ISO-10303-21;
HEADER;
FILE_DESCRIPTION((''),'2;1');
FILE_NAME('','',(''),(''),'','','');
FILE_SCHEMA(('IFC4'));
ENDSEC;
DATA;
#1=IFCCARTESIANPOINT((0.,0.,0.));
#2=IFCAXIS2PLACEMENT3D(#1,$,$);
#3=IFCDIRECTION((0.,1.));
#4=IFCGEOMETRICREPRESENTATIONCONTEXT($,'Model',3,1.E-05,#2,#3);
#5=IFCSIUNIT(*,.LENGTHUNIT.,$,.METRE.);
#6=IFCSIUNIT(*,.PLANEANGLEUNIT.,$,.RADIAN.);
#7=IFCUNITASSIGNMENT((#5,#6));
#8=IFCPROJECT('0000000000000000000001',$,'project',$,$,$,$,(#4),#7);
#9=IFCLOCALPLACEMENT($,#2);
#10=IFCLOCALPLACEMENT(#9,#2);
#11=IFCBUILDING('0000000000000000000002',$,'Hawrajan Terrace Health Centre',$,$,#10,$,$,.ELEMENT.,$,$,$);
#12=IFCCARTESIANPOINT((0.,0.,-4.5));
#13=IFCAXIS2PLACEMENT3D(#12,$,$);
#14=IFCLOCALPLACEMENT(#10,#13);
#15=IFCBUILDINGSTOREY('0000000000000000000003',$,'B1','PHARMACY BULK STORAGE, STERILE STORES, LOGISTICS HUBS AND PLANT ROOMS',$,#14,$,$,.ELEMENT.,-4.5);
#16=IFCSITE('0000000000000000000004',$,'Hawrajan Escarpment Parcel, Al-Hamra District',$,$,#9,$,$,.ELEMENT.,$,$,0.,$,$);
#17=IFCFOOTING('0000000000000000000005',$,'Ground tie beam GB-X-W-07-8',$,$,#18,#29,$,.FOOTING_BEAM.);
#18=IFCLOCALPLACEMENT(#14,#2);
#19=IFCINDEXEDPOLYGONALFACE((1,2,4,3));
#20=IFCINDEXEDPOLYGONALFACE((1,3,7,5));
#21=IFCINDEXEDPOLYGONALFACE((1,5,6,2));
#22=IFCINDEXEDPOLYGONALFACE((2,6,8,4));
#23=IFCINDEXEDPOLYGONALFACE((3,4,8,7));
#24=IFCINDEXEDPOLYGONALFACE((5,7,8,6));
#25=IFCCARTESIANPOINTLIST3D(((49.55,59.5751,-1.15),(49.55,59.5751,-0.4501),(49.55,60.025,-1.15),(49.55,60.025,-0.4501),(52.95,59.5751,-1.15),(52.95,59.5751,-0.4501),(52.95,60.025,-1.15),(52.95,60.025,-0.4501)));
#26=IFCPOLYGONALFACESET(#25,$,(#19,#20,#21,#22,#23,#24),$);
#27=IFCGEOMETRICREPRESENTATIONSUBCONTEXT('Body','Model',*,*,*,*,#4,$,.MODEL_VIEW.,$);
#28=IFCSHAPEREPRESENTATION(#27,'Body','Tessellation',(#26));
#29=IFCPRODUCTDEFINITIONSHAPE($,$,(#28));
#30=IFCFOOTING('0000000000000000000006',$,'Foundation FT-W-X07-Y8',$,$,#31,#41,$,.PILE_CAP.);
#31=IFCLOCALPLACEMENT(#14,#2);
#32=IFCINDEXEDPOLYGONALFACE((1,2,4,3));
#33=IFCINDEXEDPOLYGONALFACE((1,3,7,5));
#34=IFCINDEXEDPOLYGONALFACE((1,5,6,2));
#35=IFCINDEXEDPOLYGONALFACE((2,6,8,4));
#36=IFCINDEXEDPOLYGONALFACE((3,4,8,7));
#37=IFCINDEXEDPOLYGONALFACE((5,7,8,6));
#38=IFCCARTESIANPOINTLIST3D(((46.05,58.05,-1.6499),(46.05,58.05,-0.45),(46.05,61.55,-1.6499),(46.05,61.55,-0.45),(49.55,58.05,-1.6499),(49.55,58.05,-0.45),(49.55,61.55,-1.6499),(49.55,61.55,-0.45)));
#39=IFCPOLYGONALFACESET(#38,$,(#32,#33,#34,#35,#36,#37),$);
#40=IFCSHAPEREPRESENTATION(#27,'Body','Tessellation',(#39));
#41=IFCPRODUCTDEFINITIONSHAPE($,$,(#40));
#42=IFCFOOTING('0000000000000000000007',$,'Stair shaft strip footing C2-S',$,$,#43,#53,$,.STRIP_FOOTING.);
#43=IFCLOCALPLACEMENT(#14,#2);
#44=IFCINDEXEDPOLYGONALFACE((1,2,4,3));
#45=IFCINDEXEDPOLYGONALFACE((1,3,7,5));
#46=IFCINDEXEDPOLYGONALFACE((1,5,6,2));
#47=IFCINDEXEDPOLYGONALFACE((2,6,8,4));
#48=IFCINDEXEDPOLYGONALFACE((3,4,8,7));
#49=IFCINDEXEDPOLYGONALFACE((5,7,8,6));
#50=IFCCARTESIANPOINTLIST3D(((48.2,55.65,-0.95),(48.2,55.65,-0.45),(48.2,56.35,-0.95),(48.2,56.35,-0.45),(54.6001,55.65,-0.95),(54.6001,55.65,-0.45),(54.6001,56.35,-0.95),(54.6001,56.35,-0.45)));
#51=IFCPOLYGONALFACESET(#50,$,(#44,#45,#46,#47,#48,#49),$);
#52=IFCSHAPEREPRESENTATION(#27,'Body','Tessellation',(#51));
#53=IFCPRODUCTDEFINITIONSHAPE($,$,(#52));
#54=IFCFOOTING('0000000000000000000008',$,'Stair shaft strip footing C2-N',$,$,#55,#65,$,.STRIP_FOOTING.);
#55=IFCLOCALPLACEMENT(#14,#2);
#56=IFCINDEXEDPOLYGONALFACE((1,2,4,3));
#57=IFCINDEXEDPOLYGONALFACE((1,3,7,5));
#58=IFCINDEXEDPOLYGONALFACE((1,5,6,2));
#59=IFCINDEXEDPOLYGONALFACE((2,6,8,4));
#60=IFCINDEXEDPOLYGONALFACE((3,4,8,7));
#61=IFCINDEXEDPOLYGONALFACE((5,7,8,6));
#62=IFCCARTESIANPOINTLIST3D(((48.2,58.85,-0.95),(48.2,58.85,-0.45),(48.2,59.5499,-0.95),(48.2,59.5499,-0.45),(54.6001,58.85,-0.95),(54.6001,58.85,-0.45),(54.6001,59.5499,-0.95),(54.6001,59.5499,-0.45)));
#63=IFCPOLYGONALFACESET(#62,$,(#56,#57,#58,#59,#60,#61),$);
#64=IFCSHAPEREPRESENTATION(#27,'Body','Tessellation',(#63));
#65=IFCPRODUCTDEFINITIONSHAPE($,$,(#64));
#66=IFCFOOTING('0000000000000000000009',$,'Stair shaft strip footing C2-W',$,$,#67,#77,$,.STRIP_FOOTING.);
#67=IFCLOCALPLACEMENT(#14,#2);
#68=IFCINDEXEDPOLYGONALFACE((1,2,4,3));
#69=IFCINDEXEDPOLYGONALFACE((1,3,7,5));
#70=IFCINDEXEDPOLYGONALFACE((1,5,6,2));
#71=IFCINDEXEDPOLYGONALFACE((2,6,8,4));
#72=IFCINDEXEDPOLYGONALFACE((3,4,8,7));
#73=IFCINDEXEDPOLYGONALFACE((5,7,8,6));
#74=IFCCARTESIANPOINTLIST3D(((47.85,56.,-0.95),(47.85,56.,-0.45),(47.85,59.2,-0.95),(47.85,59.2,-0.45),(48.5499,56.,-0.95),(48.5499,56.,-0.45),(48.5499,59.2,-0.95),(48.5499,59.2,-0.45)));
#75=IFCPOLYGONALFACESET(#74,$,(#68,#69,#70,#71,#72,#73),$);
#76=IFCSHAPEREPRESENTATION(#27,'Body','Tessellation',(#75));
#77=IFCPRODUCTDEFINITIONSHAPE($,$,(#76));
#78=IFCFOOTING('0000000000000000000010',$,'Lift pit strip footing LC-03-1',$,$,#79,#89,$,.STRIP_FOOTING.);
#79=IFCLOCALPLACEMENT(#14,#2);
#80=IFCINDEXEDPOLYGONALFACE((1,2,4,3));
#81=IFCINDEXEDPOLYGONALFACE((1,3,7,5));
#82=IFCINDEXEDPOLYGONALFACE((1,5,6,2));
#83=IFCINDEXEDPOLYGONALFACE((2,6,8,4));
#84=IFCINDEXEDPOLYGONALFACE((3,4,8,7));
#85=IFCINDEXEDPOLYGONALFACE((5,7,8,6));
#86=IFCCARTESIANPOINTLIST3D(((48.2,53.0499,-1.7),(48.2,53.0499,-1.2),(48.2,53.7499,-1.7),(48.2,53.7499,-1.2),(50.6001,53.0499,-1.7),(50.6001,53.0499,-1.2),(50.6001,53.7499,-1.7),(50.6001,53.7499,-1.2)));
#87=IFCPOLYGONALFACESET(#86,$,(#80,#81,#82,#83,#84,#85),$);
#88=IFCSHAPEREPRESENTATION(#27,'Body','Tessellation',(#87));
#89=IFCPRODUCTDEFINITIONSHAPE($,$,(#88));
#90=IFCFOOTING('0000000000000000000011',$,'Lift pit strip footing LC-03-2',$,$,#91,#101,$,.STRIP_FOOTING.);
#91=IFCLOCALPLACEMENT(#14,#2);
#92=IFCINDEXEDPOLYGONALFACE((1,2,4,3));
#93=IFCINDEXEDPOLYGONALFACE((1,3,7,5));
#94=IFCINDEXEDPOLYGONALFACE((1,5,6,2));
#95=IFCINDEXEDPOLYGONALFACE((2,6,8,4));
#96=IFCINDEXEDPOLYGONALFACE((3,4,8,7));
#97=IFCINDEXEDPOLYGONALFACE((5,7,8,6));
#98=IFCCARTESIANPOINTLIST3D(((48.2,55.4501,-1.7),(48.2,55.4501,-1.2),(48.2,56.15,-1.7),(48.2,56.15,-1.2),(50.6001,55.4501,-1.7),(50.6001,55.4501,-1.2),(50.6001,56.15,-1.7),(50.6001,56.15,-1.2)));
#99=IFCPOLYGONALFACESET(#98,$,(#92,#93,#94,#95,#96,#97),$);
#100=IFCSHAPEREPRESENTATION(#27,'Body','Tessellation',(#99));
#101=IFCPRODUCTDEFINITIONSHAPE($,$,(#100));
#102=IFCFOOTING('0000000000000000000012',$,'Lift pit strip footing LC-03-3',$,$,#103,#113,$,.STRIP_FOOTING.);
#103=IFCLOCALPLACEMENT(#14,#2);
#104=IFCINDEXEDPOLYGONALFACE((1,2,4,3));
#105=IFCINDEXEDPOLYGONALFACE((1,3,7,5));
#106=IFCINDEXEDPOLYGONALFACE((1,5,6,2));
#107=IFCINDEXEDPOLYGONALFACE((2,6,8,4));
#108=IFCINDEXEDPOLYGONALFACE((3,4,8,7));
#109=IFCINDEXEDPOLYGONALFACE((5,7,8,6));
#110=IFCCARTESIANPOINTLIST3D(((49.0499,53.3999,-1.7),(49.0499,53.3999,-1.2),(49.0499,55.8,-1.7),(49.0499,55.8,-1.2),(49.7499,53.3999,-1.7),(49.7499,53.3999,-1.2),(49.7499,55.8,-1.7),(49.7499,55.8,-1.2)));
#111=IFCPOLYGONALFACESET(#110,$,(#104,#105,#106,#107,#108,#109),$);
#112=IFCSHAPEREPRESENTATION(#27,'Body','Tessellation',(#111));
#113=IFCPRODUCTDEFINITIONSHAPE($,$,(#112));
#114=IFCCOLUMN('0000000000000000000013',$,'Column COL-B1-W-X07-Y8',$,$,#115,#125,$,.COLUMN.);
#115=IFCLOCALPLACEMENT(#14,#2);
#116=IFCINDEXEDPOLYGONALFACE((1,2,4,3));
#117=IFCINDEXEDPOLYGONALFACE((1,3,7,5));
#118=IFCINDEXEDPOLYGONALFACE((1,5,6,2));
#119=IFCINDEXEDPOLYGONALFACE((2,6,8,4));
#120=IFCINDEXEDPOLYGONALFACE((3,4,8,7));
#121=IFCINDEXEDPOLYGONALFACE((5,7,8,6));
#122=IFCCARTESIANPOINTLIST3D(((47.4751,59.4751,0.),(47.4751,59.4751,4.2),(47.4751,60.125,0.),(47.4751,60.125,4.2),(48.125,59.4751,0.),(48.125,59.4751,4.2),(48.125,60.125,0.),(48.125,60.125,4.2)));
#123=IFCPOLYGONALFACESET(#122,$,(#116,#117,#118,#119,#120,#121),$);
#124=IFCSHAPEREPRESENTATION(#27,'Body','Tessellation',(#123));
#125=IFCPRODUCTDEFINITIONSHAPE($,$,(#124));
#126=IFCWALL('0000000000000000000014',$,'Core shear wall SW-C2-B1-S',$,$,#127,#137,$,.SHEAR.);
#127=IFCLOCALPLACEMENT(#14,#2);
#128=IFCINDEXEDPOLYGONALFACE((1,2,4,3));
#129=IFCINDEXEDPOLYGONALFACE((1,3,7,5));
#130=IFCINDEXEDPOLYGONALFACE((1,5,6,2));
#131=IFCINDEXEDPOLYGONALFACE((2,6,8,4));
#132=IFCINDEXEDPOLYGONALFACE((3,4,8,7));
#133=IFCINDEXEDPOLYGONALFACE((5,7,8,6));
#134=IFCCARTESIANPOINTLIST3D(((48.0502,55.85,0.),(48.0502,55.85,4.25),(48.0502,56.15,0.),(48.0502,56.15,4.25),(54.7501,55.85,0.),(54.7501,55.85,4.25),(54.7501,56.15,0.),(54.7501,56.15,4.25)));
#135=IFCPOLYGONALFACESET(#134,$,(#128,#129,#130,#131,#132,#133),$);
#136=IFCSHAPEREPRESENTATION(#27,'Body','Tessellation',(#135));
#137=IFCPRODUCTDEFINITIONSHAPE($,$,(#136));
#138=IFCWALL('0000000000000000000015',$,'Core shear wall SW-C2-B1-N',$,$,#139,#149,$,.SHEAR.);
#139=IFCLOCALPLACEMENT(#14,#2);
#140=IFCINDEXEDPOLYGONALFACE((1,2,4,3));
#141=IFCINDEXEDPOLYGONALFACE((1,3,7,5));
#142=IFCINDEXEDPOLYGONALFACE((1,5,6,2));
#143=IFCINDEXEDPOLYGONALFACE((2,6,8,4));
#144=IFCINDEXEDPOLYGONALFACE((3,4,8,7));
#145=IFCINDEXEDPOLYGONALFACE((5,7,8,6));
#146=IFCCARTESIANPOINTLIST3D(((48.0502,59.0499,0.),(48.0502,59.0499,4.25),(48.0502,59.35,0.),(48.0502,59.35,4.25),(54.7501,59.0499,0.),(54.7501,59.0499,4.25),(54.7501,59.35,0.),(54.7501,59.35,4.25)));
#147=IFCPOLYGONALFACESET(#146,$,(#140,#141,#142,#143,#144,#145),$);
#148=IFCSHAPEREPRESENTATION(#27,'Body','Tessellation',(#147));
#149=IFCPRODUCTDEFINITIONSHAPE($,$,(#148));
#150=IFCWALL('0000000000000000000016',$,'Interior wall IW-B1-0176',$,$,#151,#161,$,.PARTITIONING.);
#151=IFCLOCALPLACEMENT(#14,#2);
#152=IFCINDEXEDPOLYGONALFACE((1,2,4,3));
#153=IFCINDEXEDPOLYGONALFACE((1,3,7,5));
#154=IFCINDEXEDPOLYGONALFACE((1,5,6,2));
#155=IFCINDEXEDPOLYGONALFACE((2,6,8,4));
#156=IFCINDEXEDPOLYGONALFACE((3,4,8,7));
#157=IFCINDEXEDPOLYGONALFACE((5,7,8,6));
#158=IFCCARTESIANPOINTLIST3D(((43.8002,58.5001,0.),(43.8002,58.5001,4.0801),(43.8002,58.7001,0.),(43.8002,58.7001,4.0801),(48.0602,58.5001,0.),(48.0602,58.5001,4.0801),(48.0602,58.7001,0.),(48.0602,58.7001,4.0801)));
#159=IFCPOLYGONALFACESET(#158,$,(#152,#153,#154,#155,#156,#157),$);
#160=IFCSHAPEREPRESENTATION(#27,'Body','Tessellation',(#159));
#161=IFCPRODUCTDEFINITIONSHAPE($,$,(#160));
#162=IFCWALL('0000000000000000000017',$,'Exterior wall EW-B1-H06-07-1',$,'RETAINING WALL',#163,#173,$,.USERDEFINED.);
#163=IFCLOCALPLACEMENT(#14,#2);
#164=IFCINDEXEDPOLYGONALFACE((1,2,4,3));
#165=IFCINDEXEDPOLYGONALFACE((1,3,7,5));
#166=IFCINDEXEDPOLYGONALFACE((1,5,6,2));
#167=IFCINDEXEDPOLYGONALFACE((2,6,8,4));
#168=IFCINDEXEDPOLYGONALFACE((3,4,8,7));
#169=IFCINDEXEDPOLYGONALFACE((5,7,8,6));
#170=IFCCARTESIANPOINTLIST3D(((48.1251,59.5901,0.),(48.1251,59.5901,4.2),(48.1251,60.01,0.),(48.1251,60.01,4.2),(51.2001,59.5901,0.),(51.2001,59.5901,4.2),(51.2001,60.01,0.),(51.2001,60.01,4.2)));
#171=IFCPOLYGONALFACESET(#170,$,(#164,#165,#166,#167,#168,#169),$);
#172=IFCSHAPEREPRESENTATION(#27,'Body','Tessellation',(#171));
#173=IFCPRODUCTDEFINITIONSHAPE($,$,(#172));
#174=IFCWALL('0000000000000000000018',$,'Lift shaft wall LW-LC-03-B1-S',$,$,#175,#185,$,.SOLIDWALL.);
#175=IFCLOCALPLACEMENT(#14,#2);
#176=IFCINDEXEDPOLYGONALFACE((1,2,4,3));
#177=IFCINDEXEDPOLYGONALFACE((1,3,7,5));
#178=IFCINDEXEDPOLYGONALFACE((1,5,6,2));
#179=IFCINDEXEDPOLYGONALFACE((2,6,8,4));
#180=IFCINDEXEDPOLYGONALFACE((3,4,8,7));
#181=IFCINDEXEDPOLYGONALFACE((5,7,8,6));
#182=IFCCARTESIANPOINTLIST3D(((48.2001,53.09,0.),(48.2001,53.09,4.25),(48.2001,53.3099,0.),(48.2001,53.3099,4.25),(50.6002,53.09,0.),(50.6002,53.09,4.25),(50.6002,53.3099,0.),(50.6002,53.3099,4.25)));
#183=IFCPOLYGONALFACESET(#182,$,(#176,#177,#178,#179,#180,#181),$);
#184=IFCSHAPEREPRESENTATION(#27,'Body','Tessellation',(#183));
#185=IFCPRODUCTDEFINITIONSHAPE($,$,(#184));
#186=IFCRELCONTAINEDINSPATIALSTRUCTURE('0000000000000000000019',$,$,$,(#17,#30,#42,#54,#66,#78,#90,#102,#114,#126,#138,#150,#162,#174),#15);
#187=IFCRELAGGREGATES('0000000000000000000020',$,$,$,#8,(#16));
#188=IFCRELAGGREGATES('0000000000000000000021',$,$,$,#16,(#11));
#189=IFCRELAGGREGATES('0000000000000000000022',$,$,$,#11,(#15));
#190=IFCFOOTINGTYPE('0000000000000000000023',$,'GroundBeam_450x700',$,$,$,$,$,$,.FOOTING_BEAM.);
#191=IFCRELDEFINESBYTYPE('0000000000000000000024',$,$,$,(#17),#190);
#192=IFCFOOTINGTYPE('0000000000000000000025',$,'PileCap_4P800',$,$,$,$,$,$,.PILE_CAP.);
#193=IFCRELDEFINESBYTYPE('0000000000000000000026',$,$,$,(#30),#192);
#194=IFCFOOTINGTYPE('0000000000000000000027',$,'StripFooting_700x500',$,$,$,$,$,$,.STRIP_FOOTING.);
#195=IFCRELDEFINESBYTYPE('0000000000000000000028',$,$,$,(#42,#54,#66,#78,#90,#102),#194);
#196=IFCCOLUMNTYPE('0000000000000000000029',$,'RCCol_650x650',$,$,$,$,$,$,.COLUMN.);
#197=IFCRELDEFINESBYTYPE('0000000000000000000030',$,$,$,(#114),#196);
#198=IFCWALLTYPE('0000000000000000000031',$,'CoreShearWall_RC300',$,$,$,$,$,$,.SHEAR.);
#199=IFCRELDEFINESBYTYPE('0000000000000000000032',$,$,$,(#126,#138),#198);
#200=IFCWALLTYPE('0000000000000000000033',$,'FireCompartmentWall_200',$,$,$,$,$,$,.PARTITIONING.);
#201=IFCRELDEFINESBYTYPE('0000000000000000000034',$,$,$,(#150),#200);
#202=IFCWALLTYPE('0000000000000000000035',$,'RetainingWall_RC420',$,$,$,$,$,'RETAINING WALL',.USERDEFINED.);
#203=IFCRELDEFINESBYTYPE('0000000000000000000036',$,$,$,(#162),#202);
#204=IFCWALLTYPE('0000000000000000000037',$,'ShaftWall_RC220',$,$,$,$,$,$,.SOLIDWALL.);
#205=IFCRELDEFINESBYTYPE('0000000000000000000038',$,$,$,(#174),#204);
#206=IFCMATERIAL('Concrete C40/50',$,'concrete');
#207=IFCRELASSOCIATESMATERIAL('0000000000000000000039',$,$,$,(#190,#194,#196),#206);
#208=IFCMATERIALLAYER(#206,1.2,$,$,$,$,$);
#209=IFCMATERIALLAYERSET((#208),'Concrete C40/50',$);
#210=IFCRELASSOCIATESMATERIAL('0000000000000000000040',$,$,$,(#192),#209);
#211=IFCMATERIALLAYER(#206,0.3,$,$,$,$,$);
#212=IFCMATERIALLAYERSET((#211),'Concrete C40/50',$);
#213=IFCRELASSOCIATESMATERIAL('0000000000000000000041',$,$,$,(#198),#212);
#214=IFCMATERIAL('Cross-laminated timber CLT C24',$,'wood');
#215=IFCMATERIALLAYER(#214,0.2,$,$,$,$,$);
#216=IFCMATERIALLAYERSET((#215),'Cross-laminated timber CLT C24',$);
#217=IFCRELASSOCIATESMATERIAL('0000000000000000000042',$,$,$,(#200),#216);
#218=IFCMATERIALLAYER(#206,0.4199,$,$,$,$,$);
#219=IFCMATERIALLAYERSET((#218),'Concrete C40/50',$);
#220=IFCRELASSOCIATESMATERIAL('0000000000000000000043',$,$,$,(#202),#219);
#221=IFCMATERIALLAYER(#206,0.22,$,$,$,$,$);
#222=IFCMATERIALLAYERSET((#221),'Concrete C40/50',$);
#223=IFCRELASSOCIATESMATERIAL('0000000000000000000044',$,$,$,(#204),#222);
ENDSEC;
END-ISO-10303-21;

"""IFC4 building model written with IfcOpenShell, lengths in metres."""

from ifc_helpers import new_model, si_unit, direction, frame, frame_2d, origin, origin_2d, place, context, subcontext, project, spatial, rectangle, extrude, material, layer, layer_set, material_profile, profile_set, type_object, element, save


model = new_model("IFC4")

# Units and contexts
model_context = context("Model", 3, precision=1e-05, world=origin(), true_north=direction((0.0, 1.0)))
body_context = subcontext(model_context, "Body", "Model", "MODEL_VIEW")
ifc_project = project(units=[si_unit("LENGTHUNIT", "METRE"), si_unit("PLANEANGLEUNIT", "RADIAN")], contexts=[model_context])

# Site, building, storey
site_placement = place(None, origin())
site = spatial("IfcSite", under=ifc_project, at=site_placement, Name="Hawrajan Escarpment Parcel, Al-Hamra District", CompositionType="ELEMENT", RefElevation=0.0)
building_placement = place(site_placement, origin())
building = spatial("IfcBuilding", under=site, at=building_placement, Name="Hawrajan Terrace Health Centre", CompositionType="ELEMENT")
storey_placement = place(building_placement, frame((0.0, 0.0, -4.5)))
storey = spatial("IfcBuildingStorey", under=building, at=storey_placement, Name="B1", Description="PHARMACY BULK STORAGE, STERILE STORES, LOGISTICS HUBS AND PLANT ROOMS", CompositionType="ELEMENT", Elevation=-4.5)

# Shared definitions
ifc_material_1 = material(Name="Concrete C40/50", Category="concrete")

# Footings
ifc_material_profile_1 = material_profile(ifc_material_1, rectangle(XDim=0.45, YDim=0.7, at=origin_2d()), Name="RC BM 450x700")
ifc_profile_set_1 = profile_set([ifc_material_profile_1], Name="Concrete C40/50")
footing_type_1 = type_object("IfcFootingType", Name="GroundBeam_450x700", PredefinedType="FOOTING_BEAM", material=ifc_profile_set_1)
footing_1_placement = place(storey_placement, frame((49.55, 59.8, -0.8), z_axis=(1.0, 0.0, 0.0), x_axis=(0.0, 1.0, 0.0)))
element("IfcFooting", 1, at=footing_1_placement, inside=storey, type_object=footing_type_1, Name="Ground tie beam GB-X-W-07-8", PredefinedType="FOOTING_BEAM", context=body_context, shape_type="SweptSolid", body=[
    extrude(rectangle(XDim=0.45, YDim=0.7, at=origin_2d()), origin(), (0.0, 0.0, 1.0), 3.3999),
])
ifc_layer_1 = layer(ifc_material_1, 1.2)
ifc_layer_set_1 = layer_set([ifc_layer_1], Name="Concrete C40/50")
footing_type_2 = type_object("IfcFootingType", Name="PileCap_4P800", PredefinedType="PILE_CAP", material=ifc_layer_set_1)
footing_2_placement = place(storey_placement, frame((47.8, 59.8, -1.6499), z_axis=(0.0, 0.0, 1.0), x_axis=(1.0, 0.0, 0.0)))
element("IfcFooting", 2, at=footing_2_placement, inside=storey, type_object=footing_type_2, Name="Foundation FT-W-X07-Y8", PredefinedType="PILE_CAP", context=body_context, shape_type="SweptSolid", body=[
    extrude(rectangle(XDim=3.5, YDim=3.5, at=origin_2d()), origin(), (0.0, 0.0, 1.0), 1.2),
])
ifc_material_profile_2 = material_profile(ifc_material_1, rectangle(XDim=0.7, YDim=0.5, at=origin_2d()), Name="RC STRIP 700x500")
ifc_profile_set_2 = profile_set([ifc_material_profile_2], Name="Concrete C40/50")
footing_type_3 = type_object("IfcFootingType", Name="StripFooting_700x500", PredefinedType="STRIP_FOOTING", material=ifc_profile_set_2)
for number, where, z_axis, x_axis, name in (
    (3, (48.2, 56.0, -0.7), (1.0, 0.0, 0.0), (0.0, 1.0, 0.0), "Stair shaft strip footing C2-S"),
    (4, (48.2, 59.2, -0.7), (1.0, 0.0, 0.0), (0.0, 1.0, 0.0), "Stair shaft strip footing C2-N"),
):
    element("IfcFooting", number, at=place(storey_placement, frame(where, z_axis=z_axis, x_axis=x_axis)), inside=storey, type_object=footing_type_3, Name=name, PredefinedType="STRIP_FOOTING", context=body_context, shape_type="SweptSolid", body=[
        extrude(rectangle(XDim=0.7, YDim=0.5, at=origin_2d()), origin(), (0.0, 0.0, 1.0), 6.4001),
    ])
footing_3_placement = place(storey_placement, frame((48.2, 56.0, -0.7), z_axis=(0.0, 1.0, 0.0), x_axis=(-1.0, 0.0, 0.0)))
element("IfcFooting", 5, at=footing_3_placement, inside=storey, type_object=footing_type_3, Name="Stair shaft strip footing C2-W", PredefinedType="STRIP_FOOTING", context=body_context, shape_type="SweptSolid", body=[
    extrude(rectangle(XDim=0.7, YDim=0.5, at=origin_2d()), origin(), (0.0, 0.0, 1.0), 3.2),
])
for number, where, z_axis, x_axis, name in (
    (6, (48.2, 53.3999, -1.45), (1.0, 0.0, 0.0), (0.0, 1.0, 0.0), "Lift pit strip footing LC-03-1"),
    (7, (48.2, 55.8, -1.45), (1.0, 0.0, 0.0), (0.0, 1.0, 0.0), "Lift pit strip footing LC-03-2"),
    (8, (49.3999, 53.3999, -1.45), (0.0, 1.0, 0.0), (-1.0, 0.0, 0.0), "Lift pit strip footing LC-03-3"),
):
    element("IfcFooting", number, at=place(storey_placement, frame(where, z_axis=z_axis, x_axis=x_axis)), inside=storey, type_object=footing_type_3, Name=name, PredefinedType="STRIP_FOOTING", context=body_context, shape_type="SweptSolid", body=[
        extrude(rectangle(XDim=0.7, YDim=0.5, at=origin_2d()), origin(), (0.0, 0.0, 1.0), 2.4001),
    ])

# Column
ifc_material_profile_3 = material_profile(ifc_material_1, rectangle(XDim=0.6499, YDim=0.6499, at=origin_2d()), Name="RC 650x650")
ifc_profile_set_3 = profile_set([ifc_material_profile_3], Name="Concrete C40/50")
column_type = type_object("IfcColumnType", Name="RCCol_650x650", PredefinedType="COLUMN", material=ifc_profile_set_3)
column_placement = place(storey_placement, frame((47.8, 59.8, 0.0), z_axis=(0.0, 0.0, 1.0), x_axis=(1.0, 0.0, 0.0)))
element("IfcColumn", 9, at=column_placement, inside=storey, type_object=column_type, Name="Column COL-B1-W-X07-Y8", PredefinedType="COLUMN", context=body_context, shape_type="SweptSolid", body=[
    extrude(rectangle(XDim=0.6499, YDim=0.6499, at=origin_2d()), origin(), (0.0, 0.0, 1.0), 4.2),
])

# Walls
ifc_layer_2 = layer(ifc_material_1, 0.3)
ifc_layer_set_2 = layer_set([ifc_layer_2], Name="Concrete C40/50")
wall_type_1 = type_object("IfcWallType", Name="CoreShearWall_RC300", PredefinedType="SHEAR", material=ifc_layer_set_2)
for number, where, z_axis, x_axis, name in (
    (10, (48.05, 56.0, 0.0), (0.0, 0.0, 1.0), (1.0, 0.0, 0.0), "Core shear wall SW-C2-B1-S"),
    (11, (48.05, 59.2, 0.0), (0.0, 0.0, 1.0), (1.0, 0.0, 0.0), "Core shear wall SW-C2-B1-N"),
):
    element("IfcWall", number, at=place(storey_placement, frame(where, z_axis=z_axis, x_axis=x_axis)), inside=storey, type_object=wall_type_1, Name=name, PredefinedType="SHEAR", context=body_context, shape_type="SweptSolid", body=[
        extrude(rectangle(XDim=6.7, YDim=0.3, at=frame_2d((3.3501, 0.0))), origin(), (0.0, 0.0, 1.0), 4.25),
    ])

# Walls
ifc_material_2 = material(Name="Cross-laminated timber CLT C24", Category="wood")
ifc_layer_3 = layer(ifc_material_2, 0.2)
ifc_layer_set_3 = layer_set([ifc_layer_3], Name="Cross-laminated timber CLT C24")
wall_type_2 = type_object("IfcWallType", Name="FireCompartmentWall_200", PredefinedType="PARTITIONING", material=ifc_layer_set_3)
wall_1_placement = place(storey_placement, frame((48.0601, 58.6001, 0.0), z_axis=(0.0, 0.0, 1.0), x_axis=(-1.0, 0.0, 0.0)))
element("IfcWall", 12, at=wall_1_placement, inside=storey, type_object=wall_type_2, Name="Interior wall IW-B1-0176", PredefinedType="PARTITIONING", context=body_context, shape_type="SweptSolid", body=[
    extrude(rectangle(XDim=4.26, YDim=0.2, at=frame_2d((2.1299, 0.0))), origin(), (0.0, 0.0, 1.0), 4.0801),
])
ifc_layer_4 = layer(ifc_material_1, 0.4199)
ifc_layer_set_4 = layer_set([ifc_layer_4], Name="Concrete C40/50")
wall_type_3 = type_object("IfcWallType", Name="RetainingWall_RC420", ElementType="RETAINING WALL", PredefinedType="USERDEFINED", material=ifc_layer_set_4)
wall_2_placement = place(storey_placement, frame((48.125, 59.8, 0.0), z_axis=(0.0, 0.0, 1.0), x_axis=(1.0, 0.0, 0.0)))
element("IfcWall", 13, at=wall_2_placement, inside=storey, type_object=wall_type_3, Name="Exterior wall EW-B1-H06-07-1", ObjectType="RETAINING WALL", PredefinedType="USERDEFINED", context=body_context, shape_type="SweptSolid", body=[
    extrude(rectangle(XDim=3.075, YDim=0.4199, at=frame_2d((1.5376, 0.0))), origin(), (0.0, 0.0, 1.0), 4.2),
])
ifc_layer_5 = layer(ifc_material_1, 0.22)
ifc_layer_set_5 = layer_set([ifc_layer_5], Name="Concrete C40/50")
wall_type_4 = type_object("IfcWallType", Name="ShaftWall_RC220", PredefinedType="SOLIDWALL", material=ifc_layer_set_5)
wall_3_placement = place(storey_placement, frame((48.2, 53.2, 0.0), z_axis=(0.0, 0.0, 1.0), x_axis=(1.0, 0.0, 0.0)))
element("IfcWall", 14, at=wall_3_placement, inside=storey, type_object=wall_type_4, Name="Lift shaft wall LW-LC-03-B1-S", PredefinedType="SOLIDWALL", context=body_context, shape_type="SweptSolid", body=[
    extrude(rectangle(XDim=2.4001, YDim=0.22, at=frame_2d((1.2002, 0.0))), origin(), (0.0, 0.0, 1.0), 4.25),
])

save(model, "model.ifc")
